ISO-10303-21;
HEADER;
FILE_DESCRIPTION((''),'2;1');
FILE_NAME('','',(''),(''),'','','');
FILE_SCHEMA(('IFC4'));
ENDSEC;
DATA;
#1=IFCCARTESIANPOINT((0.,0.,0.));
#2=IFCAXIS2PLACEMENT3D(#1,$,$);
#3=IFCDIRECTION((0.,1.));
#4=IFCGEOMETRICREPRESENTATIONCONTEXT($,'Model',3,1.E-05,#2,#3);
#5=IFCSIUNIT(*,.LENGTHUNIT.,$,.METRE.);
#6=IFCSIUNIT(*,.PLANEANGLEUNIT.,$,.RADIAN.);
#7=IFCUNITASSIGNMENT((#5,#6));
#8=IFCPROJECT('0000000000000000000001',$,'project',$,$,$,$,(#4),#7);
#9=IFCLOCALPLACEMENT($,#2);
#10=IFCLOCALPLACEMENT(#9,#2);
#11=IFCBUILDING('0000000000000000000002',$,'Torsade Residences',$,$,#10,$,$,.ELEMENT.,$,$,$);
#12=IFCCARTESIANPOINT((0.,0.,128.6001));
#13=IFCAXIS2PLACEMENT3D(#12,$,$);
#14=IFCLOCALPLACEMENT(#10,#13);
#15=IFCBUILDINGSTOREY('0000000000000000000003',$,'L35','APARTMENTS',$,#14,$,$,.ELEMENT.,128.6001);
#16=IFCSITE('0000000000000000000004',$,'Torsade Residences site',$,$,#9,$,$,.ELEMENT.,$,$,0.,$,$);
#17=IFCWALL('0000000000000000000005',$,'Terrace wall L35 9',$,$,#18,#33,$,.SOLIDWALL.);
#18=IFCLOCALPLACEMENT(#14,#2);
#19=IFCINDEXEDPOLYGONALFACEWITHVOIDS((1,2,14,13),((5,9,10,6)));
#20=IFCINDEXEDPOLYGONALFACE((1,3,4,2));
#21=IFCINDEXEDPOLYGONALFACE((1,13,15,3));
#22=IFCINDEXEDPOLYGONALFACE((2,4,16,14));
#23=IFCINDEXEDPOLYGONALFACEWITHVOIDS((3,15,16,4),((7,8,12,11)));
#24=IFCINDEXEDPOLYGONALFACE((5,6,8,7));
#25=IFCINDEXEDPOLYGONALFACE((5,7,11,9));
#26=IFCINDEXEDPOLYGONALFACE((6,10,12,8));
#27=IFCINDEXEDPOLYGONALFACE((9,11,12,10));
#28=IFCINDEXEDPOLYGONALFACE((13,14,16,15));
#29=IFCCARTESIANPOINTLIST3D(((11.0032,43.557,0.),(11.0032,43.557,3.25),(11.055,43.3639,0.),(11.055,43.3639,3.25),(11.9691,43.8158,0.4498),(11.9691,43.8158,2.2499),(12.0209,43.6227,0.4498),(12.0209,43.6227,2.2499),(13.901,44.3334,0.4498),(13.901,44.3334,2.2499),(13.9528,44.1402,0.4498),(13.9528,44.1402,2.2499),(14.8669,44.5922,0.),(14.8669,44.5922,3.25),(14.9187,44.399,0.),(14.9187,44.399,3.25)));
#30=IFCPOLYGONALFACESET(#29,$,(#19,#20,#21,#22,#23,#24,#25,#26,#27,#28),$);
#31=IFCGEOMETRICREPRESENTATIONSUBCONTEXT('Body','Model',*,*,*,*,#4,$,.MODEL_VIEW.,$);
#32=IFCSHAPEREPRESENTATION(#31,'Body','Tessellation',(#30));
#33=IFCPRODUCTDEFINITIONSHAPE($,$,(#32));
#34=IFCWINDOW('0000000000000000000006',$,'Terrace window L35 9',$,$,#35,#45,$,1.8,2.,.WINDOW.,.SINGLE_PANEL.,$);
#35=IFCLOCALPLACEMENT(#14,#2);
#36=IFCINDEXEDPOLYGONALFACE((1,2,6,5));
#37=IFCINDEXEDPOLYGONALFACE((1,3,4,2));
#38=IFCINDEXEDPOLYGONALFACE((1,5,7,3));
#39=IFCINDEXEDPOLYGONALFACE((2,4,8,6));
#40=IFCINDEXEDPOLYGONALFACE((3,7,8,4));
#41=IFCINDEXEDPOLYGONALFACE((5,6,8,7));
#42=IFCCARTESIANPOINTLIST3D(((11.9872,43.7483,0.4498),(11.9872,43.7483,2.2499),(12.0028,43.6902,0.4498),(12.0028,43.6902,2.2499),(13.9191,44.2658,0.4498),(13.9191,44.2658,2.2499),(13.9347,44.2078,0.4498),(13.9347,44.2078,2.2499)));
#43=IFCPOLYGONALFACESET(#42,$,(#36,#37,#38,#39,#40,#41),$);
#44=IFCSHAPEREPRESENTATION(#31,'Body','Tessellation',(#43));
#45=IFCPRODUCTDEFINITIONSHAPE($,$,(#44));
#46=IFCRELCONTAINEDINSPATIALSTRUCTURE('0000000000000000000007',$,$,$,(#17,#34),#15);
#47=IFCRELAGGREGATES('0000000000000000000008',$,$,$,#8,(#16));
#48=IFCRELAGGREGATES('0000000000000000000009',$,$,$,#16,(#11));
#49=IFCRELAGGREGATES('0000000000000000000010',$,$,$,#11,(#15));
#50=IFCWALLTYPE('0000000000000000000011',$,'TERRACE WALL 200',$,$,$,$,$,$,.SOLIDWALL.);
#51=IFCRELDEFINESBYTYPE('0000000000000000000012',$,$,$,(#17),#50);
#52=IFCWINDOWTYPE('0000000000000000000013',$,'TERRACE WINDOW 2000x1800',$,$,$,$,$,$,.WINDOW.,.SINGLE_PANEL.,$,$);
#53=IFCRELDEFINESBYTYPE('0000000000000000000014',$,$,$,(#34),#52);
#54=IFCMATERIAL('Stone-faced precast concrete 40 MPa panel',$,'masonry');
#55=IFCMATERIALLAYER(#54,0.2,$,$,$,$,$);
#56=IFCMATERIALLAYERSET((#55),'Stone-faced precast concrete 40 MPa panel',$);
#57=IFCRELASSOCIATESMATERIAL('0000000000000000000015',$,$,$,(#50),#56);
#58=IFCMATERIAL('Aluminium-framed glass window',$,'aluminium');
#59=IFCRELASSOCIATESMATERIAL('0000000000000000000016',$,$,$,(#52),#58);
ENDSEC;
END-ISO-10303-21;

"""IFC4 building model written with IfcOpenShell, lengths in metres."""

from ifc_helpers import new_model, si_unit, direction, frame, frame_2d, origin, place, context, subcontext, project, spatial, rectangle, extrude, material, layer, layer_set, type_object, element, fill, save


model = new_model("IFC4")

# Units and contexts
model_context = context("Model", 3, precision=1e-05, world=origin(), true_north=direction((0.0, 1.0)))
body_context = subcontext(model_context, "Body", "Model", "MODEL_VIEW")
ifc_project = project(units=[si_unit("LENGTHUNIT", "METRE"), si_unit("PLANEANGLEUNIT", "RADIAN")], contexts=[model_context])

# Site, building, storey
site_placement = place(None, origin())
site = spatial("IfcSite", under=ifc_project, at=site_placement, Name="Torsade Residences site", CompositionType="ELEMENT", RefElevation=0.0)
building_placement = place(site_placement, origin())
building = spatial("IfcBuilding", under=site, at=building_placement, Name="Torsade Residences", CompositionType="ELEMENT")
storey_placement = place(building_placement, frame((0.0, 0.0, 128.6001)))
storey = spatial("IfcBuildingStorey", under=building, at=storey_placement, Name="L35", Description="APARTMENTS", CompositionType="ELEMENT", Elevation=128.6001)

# Shared definitions
ifc_material_1 = material(Name="Stone-faced precast concrete 40 MPa panel", Category="masonry")
ifc_layer_1 = layer(ifc_material_1, 0.2)
ifc_layer_set_1 = layer_set([ifc_layer_1], Name="Stone-faced precast concrete 40 MPa panel")
wall_type_1 = type_object("IfcWallType", Name="TERRACE WALL 200", PredefinedType="SOLIDWALL", material=ifc_layer_set_1)

# Wall, opening, window
wall_1_placement = place(storey_placement, frame((14.8928, 44.4956, 0.0), z_axis=(0.0, 0.0, 1.0), x_axis=(-0.965934, -0.258787, 0.0)))
wall_1 = element("IfcWall", 1, at=wall_1_placement, inside=storey, type_object=wall_type_1, Name="Terrace wall L35 9", PredefinedType="SOLIDWALL", context=body_context, shape_type="SweptSolid", body=[
    extrude(rectangle(XDim=4.0, YDim=0.2, at=frame_2d((2.0, 0.0))), origin(), (0.0, 0.0, 1.0), 3.25),
])
opening_1_placement = place(wall_1_placement, frame((1.0, 0.0, 0.45)))
opening_1 = element("IfcOpeningElement", 2, at=opening_1_placement, cuts=wall_1, PredefinedType="OPENING", context=body_context, shape_type="SweptSolid", body=[
    extrude(rectangle(XDim=2.0, YDim=1.8, at=frame_2d((1.0, 0.8999))), frame((0.0, 0.1099, 0.0), z_axis=(0.0, -1.0, 0.0), x_axis=(1.0, 0.0, 0.0)), (0.0, 0.0, 1.0), 0.22),
])
ifc_material_2 = material(Name="Aluminium-framed glass window", Category="aluminium")
window_type = type_object("IfcWindowType", Name="TERRACE WINDOW 2000x1800", PartitioningType="SINGLE_PANEL", PredefinedType="WINDOW", material=ifc_material_2)
window_placement = place(opening_1_placement, origin())
window = element("IfcWindow", 3, at=window_placement, inside=storey, type_object=window_type, Name="Terrace window L35 9", OverallHeight=1.8, OverallWidth=2.0, PartitioningType="SINGLE_PANEL", PredefinedType="WINDOW", context=body_context, shape_type="SweptSolid", body=[
    extrude(rectangle(XDim=2.0, YDim=1.8, at=frame_2d((1.0, 0.8999))), frame((0.0, 0.03, 0.0), z_axis=(0.0, -1.0, 0.0), x_axis=(1.0, 0.0, 0.0)), (0.0, 0.0, 1.0), 0.0601),
])
fill(opening_1, window)

save(model, "model.ifc")
